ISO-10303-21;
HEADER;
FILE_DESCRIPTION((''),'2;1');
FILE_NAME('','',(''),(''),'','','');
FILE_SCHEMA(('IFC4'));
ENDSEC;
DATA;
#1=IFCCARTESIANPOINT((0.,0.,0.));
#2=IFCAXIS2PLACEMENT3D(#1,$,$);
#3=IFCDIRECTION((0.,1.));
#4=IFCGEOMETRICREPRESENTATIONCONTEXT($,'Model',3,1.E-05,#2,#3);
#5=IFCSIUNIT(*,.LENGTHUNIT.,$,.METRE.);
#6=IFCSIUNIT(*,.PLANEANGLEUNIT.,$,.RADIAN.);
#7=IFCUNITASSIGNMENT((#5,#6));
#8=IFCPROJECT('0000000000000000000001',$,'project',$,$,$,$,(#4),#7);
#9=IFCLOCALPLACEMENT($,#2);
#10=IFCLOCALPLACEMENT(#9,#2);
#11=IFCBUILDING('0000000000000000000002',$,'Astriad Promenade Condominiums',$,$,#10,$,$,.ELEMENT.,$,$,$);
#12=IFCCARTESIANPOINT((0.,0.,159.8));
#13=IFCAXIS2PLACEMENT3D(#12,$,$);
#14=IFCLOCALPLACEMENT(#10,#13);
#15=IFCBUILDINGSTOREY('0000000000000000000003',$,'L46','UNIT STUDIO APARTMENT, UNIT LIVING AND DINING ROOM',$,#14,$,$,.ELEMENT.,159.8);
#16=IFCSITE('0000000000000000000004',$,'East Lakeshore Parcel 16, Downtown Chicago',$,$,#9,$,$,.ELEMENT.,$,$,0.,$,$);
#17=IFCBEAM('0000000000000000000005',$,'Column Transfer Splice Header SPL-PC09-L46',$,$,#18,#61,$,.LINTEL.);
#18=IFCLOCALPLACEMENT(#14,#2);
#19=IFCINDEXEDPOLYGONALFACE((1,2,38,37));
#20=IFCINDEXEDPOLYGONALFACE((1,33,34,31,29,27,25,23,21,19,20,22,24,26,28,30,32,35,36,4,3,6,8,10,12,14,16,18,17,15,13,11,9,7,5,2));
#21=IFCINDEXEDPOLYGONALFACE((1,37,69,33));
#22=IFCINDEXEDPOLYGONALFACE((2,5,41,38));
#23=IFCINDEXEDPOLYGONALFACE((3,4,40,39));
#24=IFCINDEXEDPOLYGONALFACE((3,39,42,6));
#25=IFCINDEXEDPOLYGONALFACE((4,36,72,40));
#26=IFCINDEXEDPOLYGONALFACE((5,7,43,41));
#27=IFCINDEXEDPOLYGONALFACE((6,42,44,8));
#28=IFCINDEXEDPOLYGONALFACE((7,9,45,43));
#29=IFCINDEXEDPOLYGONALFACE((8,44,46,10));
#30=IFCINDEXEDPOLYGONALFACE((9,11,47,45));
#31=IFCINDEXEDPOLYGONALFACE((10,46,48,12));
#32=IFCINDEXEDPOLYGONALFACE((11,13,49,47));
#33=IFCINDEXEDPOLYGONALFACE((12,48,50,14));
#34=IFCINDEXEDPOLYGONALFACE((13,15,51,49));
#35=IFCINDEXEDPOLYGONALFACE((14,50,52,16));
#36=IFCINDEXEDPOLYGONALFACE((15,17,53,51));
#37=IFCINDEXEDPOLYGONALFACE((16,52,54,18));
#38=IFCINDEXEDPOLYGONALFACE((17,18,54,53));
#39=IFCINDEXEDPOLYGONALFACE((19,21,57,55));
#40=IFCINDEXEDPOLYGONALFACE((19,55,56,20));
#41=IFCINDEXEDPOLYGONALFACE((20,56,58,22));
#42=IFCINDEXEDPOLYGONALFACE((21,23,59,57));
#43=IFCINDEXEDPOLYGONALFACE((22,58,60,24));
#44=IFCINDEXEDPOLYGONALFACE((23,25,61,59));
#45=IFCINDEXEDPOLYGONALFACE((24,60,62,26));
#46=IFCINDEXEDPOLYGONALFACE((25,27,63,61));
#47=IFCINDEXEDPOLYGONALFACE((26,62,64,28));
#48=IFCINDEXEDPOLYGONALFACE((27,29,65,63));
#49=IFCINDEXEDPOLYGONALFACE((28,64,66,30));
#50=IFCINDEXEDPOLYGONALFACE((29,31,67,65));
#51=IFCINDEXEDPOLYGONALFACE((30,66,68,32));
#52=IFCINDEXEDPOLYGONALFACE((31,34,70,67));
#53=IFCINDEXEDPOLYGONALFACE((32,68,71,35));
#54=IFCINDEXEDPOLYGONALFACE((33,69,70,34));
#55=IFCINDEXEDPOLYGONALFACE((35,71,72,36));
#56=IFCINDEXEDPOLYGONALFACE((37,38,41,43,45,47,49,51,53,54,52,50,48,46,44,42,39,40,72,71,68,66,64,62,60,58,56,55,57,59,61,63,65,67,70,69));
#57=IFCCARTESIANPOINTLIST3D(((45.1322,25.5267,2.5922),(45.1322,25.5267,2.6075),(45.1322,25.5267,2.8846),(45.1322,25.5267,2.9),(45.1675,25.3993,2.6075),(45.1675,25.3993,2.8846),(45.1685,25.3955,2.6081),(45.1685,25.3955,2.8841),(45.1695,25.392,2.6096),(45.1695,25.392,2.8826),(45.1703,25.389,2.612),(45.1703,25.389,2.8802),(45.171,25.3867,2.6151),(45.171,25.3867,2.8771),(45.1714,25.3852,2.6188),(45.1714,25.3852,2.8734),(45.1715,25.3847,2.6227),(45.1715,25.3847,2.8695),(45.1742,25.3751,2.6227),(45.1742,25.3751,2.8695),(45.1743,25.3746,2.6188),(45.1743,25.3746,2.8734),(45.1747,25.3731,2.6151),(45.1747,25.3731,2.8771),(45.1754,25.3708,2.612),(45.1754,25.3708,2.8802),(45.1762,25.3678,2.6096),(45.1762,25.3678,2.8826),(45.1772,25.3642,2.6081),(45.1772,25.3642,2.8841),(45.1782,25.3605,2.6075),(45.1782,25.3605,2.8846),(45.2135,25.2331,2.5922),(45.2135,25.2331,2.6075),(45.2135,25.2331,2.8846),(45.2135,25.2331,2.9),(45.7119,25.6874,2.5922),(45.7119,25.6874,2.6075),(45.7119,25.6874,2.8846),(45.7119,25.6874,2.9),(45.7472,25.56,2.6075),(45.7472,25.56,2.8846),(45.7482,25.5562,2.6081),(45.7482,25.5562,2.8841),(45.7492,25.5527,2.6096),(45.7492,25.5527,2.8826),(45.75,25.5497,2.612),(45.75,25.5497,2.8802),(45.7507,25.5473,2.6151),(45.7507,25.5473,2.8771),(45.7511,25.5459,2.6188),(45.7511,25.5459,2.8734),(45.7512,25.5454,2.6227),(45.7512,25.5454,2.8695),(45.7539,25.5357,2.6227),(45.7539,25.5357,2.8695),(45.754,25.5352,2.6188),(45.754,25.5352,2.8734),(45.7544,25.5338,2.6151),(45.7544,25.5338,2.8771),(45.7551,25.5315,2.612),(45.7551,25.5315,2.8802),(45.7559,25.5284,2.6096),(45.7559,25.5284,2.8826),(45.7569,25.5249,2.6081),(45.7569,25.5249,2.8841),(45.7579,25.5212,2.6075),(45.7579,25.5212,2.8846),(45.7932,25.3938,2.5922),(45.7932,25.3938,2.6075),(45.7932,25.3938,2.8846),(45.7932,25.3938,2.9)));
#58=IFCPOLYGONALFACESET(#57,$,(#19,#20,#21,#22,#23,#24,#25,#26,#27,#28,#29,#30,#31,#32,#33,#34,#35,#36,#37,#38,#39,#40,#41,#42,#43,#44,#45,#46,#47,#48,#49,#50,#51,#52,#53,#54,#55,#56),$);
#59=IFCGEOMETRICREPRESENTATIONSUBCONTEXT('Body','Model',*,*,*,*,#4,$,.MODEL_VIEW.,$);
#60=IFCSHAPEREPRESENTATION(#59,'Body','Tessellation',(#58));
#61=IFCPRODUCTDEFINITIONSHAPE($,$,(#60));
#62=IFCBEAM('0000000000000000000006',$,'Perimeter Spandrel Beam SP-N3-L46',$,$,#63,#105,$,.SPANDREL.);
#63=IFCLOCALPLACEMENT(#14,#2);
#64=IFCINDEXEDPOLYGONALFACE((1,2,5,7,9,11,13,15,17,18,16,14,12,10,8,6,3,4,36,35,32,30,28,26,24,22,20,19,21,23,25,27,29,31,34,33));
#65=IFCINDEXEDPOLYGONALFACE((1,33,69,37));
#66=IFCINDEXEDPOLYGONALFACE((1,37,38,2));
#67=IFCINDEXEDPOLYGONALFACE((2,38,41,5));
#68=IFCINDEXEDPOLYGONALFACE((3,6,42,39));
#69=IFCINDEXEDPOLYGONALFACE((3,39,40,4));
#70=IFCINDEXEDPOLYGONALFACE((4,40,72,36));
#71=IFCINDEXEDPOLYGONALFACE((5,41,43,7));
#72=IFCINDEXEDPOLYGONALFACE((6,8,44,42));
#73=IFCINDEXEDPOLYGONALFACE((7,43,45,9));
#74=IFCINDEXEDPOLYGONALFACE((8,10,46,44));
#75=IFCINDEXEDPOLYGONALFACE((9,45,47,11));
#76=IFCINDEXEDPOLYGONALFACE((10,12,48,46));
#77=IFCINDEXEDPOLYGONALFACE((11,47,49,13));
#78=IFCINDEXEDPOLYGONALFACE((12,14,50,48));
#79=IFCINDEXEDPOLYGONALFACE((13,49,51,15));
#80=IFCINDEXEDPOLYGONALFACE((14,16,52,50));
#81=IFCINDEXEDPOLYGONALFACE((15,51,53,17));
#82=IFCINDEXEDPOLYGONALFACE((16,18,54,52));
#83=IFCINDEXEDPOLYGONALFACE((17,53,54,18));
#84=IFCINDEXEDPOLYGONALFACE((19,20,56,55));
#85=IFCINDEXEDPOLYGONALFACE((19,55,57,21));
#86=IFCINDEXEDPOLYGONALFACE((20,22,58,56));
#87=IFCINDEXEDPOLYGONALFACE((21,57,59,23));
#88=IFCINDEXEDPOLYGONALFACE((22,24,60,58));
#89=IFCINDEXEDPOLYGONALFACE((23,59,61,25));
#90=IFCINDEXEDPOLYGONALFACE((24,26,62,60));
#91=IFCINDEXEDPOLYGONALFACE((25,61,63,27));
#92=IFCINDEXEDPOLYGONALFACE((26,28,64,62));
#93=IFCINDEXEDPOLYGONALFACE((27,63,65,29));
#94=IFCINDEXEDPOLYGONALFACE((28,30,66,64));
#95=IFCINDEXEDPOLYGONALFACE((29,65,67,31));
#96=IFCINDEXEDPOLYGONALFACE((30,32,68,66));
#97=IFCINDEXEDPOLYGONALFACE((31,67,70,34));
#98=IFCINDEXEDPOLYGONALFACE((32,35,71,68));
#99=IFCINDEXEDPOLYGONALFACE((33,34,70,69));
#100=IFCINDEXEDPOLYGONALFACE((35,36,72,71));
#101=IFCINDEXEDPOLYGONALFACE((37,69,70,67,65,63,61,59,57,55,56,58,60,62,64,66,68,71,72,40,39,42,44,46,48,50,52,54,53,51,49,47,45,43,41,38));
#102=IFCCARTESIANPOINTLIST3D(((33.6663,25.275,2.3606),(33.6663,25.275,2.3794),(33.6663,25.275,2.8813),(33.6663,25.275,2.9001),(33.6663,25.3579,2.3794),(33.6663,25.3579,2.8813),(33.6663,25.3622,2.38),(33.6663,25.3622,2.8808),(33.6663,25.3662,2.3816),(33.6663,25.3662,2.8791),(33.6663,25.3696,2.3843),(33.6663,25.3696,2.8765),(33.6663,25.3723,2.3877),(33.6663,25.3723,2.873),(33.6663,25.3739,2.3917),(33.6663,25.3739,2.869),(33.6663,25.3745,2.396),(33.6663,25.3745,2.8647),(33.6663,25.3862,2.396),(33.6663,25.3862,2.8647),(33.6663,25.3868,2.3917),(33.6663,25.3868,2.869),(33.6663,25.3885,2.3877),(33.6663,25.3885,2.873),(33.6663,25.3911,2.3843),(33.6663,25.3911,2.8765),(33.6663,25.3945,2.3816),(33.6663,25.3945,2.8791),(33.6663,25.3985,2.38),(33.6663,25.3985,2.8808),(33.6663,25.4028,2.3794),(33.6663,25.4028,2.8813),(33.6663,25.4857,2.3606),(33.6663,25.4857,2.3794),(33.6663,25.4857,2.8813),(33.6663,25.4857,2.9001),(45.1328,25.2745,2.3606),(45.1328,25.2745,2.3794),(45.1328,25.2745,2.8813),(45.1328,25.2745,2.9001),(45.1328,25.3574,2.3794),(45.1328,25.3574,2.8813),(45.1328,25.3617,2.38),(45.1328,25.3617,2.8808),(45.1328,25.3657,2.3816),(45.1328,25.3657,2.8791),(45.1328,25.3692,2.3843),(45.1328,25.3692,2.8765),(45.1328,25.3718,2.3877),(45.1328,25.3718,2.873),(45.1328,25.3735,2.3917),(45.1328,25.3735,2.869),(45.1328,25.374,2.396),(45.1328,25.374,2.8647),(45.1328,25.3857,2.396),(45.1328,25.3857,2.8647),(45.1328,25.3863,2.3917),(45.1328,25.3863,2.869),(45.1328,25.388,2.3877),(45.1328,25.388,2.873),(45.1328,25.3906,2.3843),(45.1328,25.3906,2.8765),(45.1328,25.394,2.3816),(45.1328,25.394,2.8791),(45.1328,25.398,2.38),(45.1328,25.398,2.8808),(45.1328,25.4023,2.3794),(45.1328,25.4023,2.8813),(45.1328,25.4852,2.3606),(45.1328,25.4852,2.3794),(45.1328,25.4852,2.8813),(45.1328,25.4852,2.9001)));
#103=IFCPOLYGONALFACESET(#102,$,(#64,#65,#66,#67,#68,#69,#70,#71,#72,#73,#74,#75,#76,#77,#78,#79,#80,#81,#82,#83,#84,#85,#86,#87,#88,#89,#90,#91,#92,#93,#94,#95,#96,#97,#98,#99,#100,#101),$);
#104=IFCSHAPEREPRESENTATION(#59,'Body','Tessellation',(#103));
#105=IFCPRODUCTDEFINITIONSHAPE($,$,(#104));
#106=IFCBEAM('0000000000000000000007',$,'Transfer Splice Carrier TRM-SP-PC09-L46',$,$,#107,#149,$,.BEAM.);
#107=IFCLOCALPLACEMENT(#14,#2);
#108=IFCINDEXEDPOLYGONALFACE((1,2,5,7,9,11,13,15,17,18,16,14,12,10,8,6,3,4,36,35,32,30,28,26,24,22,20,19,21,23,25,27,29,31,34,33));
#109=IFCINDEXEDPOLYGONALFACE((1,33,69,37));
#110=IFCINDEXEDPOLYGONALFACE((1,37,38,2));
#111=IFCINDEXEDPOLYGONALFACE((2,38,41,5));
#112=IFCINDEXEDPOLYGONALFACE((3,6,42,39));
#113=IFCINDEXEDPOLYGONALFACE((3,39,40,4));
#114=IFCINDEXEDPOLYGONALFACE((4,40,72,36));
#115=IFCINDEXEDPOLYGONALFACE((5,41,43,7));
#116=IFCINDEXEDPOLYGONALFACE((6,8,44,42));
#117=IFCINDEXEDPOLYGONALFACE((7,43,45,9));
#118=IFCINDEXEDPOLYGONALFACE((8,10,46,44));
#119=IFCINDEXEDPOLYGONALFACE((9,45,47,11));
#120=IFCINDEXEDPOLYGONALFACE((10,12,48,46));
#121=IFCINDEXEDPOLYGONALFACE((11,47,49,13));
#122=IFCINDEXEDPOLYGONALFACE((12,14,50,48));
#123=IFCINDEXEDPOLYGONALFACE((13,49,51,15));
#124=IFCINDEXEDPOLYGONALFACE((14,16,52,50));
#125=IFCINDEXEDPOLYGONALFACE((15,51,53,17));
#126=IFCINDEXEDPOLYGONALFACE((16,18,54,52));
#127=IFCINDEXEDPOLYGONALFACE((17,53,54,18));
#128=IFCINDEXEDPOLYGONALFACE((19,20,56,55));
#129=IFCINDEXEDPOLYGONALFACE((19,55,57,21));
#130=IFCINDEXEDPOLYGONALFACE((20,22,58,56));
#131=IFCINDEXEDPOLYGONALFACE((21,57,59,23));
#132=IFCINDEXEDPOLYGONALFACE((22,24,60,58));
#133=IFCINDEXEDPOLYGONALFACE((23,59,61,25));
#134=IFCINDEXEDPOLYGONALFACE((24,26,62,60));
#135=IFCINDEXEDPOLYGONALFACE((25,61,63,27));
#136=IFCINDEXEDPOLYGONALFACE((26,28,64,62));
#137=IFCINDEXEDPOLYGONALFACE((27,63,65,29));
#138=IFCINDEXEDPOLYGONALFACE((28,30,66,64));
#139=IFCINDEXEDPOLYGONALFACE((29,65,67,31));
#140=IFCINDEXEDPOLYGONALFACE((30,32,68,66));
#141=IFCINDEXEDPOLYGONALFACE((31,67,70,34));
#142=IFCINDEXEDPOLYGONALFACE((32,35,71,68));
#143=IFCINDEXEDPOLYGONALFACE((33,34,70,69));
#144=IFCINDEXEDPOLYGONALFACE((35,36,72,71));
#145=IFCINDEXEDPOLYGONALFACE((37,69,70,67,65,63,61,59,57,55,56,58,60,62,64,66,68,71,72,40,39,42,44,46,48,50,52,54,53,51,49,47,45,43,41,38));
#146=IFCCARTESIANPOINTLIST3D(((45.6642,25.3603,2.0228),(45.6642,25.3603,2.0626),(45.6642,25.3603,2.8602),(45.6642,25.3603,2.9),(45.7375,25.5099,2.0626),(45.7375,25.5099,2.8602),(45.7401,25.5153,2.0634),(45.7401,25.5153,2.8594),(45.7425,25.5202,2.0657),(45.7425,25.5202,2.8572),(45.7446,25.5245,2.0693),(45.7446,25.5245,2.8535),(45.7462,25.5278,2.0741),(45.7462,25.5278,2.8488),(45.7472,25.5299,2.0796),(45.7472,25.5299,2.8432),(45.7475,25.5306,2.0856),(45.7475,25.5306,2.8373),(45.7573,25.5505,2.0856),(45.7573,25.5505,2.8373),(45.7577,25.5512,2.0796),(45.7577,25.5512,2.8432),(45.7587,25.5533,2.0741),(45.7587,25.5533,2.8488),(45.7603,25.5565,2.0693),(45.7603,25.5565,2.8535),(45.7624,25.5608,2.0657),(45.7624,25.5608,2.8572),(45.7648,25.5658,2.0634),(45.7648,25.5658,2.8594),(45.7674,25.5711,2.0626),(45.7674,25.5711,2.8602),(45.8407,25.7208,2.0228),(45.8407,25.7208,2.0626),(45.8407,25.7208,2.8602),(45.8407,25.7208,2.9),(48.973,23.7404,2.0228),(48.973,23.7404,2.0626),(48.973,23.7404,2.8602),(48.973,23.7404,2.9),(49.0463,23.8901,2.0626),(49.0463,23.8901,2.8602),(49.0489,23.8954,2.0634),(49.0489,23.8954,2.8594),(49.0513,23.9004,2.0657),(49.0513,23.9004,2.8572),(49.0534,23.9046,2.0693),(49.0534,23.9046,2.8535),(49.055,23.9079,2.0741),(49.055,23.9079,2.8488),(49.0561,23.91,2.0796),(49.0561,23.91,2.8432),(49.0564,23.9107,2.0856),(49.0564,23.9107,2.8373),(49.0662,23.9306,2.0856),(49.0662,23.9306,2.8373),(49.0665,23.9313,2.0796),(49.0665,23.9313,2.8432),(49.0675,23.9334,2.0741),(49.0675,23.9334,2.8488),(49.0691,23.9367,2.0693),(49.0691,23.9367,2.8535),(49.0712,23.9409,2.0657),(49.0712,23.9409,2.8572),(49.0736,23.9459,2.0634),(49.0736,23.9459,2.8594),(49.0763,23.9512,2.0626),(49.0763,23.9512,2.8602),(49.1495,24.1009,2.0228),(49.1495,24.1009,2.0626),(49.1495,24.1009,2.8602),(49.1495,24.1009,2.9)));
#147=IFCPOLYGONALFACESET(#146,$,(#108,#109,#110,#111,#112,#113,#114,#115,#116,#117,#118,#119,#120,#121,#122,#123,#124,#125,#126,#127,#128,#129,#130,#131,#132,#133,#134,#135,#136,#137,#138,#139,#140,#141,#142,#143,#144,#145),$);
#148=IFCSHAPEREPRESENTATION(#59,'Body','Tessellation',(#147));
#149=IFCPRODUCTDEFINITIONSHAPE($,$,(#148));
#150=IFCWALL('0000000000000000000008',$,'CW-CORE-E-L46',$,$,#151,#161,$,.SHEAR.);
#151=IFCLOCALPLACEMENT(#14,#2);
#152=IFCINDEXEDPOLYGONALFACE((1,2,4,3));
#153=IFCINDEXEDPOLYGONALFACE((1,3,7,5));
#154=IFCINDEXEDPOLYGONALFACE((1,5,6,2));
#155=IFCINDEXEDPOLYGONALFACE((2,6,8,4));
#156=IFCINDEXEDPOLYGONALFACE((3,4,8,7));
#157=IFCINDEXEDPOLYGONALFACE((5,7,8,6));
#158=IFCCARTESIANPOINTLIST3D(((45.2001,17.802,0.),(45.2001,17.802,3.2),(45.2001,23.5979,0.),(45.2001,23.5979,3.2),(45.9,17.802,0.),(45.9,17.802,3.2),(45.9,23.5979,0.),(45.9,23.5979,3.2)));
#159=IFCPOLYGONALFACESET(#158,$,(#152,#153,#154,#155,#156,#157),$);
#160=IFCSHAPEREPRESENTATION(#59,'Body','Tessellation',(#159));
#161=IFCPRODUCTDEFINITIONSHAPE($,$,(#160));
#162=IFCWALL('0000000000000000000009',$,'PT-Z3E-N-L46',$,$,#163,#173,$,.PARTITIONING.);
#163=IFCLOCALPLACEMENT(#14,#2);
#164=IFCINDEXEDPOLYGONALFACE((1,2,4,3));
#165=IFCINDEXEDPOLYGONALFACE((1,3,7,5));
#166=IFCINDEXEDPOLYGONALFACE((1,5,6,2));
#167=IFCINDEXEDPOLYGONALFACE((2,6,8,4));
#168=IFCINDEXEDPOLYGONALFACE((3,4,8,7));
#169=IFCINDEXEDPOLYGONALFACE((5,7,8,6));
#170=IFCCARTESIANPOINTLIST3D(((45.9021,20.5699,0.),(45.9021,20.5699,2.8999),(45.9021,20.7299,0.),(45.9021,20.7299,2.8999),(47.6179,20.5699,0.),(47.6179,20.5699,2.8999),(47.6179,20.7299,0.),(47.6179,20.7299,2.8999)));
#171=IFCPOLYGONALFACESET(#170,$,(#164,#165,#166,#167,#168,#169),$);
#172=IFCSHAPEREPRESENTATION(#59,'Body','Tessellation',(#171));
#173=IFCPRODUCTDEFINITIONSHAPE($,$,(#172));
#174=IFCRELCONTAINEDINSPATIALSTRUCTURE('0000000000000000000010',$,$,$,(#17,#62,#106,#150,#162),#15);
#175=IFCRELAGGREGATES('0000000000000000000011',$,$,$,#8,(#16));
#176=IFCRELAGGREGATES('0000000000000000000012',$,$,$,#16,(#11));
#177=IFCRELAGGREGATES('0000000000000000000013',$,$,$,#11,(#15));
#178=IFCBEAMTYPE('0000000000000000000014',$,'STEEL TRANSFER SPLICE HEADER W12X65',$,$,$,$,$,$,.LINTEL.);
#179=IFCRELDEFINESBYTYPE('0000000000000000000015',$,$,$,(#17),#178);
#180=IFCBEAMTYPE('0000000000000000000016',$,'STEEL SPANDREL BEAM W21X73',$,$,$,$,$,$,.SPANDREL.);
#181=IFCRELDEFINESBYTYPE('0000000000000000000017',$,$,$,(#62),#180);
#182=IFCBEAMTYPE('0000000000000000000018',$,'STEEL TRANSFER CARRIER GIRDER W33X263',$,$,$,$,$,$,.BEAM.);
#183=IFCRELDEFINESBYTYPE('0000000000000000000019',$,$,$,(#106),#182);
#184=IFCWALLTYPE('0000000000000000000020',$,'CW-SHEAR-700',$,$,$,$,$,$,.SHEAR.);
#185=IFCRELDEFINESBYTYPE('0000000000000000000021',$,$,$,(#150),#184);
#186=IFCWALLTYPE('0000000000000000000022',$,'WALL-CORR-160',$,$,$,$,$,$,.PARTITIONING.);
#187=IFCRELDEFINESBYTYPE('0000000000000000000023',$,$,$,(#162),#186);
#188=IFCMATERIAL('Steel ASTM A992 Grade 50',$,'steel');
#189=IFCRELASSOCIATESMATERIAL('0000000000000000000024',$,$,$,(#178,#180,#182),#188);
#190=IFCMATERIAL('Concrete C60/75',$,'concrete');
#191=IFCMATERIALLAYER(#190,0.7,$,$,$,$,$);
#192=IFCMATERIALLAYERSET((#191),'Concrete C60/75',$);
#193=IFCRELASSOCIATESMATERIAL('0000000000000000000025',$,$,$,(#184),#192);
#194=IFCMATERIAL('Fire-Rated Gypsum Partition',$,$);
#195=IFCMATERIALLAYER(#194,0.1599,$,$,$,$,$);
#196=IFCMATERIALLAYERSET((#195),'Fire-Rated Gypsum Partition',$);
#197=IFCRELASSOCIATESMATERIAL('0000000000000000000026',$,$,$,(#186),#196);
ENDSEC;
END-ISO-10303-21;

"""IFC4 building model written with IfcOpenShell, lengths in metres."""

from ifc_helpers import new_model, si_unit, direction, frame, frame_2d, origin, origin_2d, place, context, subcontext, project, spatial, rectangle, i_section, extrude, source, transform, mapped, material, layer, layer_set, material_profile, profile_set, type_object, type_shapes, element, save


model = new_model("IFC4")

# Units and contexts
model_context = context("Model", 3, precision=1e-05, world=origin(), true_north=direction((0.0, 1.0)))
body_context = subcontext(model_context, "Body", "Model", "MODEL_VIEW")
ifc_project = project(units=[si_unit("LENGTHUNIT", "METRE"), si_unit("PLANEANGLEUNIT", "RADIAN")], contexts=[model_context])

# Site, building, storey
site_placement = place(None, origin())
site = spatial("IfcSite", under=ifc_project, at=site_placement, Name="East Lakeshore Parcel 16, Downtown Chicago", CompositionType="ELEMENT", RefElevation=0.0)
building_placement = place(site_placement, origin())
building = spatial("IfcBuilding", under=site, at=building_placement, Name="Astriad Promenade Condominiums", CompositionType="ELEMENT")
storey_placement = place(building_placement, frame((0.0, 0.0, 159.8)))
storey = spatial("IfcBuildingStorey", under=building, at=storey_placement, Name="L46", Description="UNIT STUDIO APARTMENT, UNIT LIVING AND DINING ROOM", CompositionType="ELEMENT", Elevation=159.8)

# Shared definitions
ifc_material_1 = material(Name="Steel ASTM A992 Grade 50", Category="steel")
ifc_material_2 = material(Name="Concrete C60/75", Category="concrete")

# Beams
ifc_material_profile_1 = material_profile(ifc_material_1, i_section(OverallWidth=0.3047, OverallDepth=0.3079, WebThickness=0.01, FlangeThickness=0.0154, FilletRadius=0.0151, at=origin_2d()), Name="W12X65")
ifc_profile_set_1 = profile_set([ifc_material_profile_1], Name="Steel ASTM A992 Grade 50")
beam_type_1 = type_object("IfcBeamType", Name="STEEL TRANSFER SPLICE HEADER W12X65", PredefinedType="LINTEL", material=ifc_profile_set_1)
shared_shape_1 = source(origin(), body_context, "Body", "SweptSolid", [
    extrude(i_section(OverallWidth=0.3047, OverallDepth=0.3079, WebThickness=0.01, FlangeThickness=0.0154, FilletRadius=0.0151, at=origin_2d()), origin(), (0.0, 0.0, 1.0), 0.6016),
])
type_shapes(beam_type_1, [shared_shape_1])
beam_1_placement = place(storey_placement, frame((45.1729, 25.3799, 2.7461), z_axis=(0.963669, 0.267099, 0.0), x_axis=(-0.267099, 0.963669, 0.0)))
element("IfcBeam", 1, at=beam_1_placement, inside=storey, type_object=beam_type_1, Name="Column Transfer Splice Header SPL-PC09-L46", PredefinedType="LINTEL", context=body_context, shape_type="MappedRepresentation", body=[
    mapped(shared_shape_1, transform((0.0, 0.0, 0.0), scale=1.0)),
])
ifc_material_profile_2 = material_profile(ifc_material_1, i_section(OverallWidth=0.2107, OverallDepth=0.5396, WebThickness=0.0117, FlangeThickness=0.0188, FilletRadius=0.0166, at=origin_2d()), Name="W21X73")
ifc_profile_set_2 = profile_set([ifc_material_profile_2], Name="Steel ASTM A992 Grade 50")
beam_type_2 = type_object("IfcBeamType", Name="STEEL SPANDREL BEAM W21X73", PredefinedType="SPANDREL", material=ifc_profile_set_2)
shared_shape_2 = source(origin(), body_context, "Body", "SweptSolid", [
    extrude(i_section(OverallWidth=0.2107, OverallDepth=0.5396, WebThickness=0.0117, FlangeThickness=0.0188, FilletRadius=0.0166, at=origin_2d()), origin(), (0.0, 0.0, 1.0), 11.4666),
])
type_shapes(beam_type_2, [shared_shape_2])
beam_2_placement = place(storey_placement, frame((45.1328, 25.3799, 2.6304), z_axis=(-1.0, 0.000043, 0.0), x_axis=(-0.000043, -1.0, 0.0)))
element("IfcBeam", 2, at=beam_2_placement, inside=storey, type_object=beam_type_2, Name="Perimeter Spandrel Beam SP-N3-L46", PredefinedType="SPANDREL", context=body_context, shape_type="MappedRepresentation", body=[
    mapped(shared_shape_2, transform((0.0, 0.0, 0.0), scale=1.0)),
])
ifc_material_profile_3 = material_profile(ifc_material_1, i_section(OverallWidth=0.4014, OverallDepth=0.8772, WebThickness=0.0222, FlangeThickness=0.0398, FilletRadius=0.0229, at=origin_2d()), Name="W33X263")
ifc_profile_set_3 = profile_set([ifc_material_profile_3], Name="Steel ASTM A992 Grade 50")
beam_type_3 = type_object("IfcBeamType", Name="STEEL TRANSFER CARRIER GIRDER W33X263", PredefinedType="BEAM", material=ifc_profile_set_3)
shared_shape_3 = source(origin(), body_context, "Body", "SweptSolid", [
    extrude(i_section(OverallWidth=0.4014, OverallDepth=0.8772, WebThickness=0.0222, FlangeThickness=0.0398, FilletRadius=0.0229, at=origin_2d()), origin(), (0.0, 0.0, 1.0), 3.6841),
])
type_shapes(beam_type_3, [shared_shape_3])
beam_3_placement = place(storey_placement, frame((49.0613, 23.9207, 2.4614), z_axis=(-0.898147, 0.439696, 0.0), x_axis=(-0.439696, -0.898147, 0.0)))
element("IfcBeam", 3, at=beam_3_placement, inside=storey, type_object=beam_type_3, Name="Transfer Splice Carrier TRM-SP-PC09-L46", PredefinedType="BEAM", context=body_context, shape_type="MappedRepresentation", body=[
    mapped(shared_shape_3, transform((0.0, 0.0, 0.0), scale=1.0)),
])

# Walls
ifc_layer_1 = layer(ifc_material_2, 0.7)
ifc_layer_set_1 = layer_set([ifc_layer_1], Name="Concrete C60/75")
wall_type_1 = type_object("IfcWallType", Name="CW-SHEAR-700", PredefinedType="SHEAR", material=ifc_layer_set_1)
wall_1_placement = place(storey_placement, frame((45.55, 17.802, 0.0), z_axis=(0.0, 0.0, 1.0), x_axis=(0.0, 1.0, 0.0)))
element("IfcWall", 4, at=wall_1_placement, inside=storey, type_object=wall_type_1, Name="CW-CORE-E-L46", PredefinedType="SHEAR", context=body_context, shape_type="SweptSolid", body=[
    extrude(rectangle(XDim=5.7959, YDim=0.7, at=frame_2d((2.8979, 0.0))), origin(), (0.0, 0.0, 1.0), 3.2),
])
ifc_material_3 = material(Name="Fire-Rated Gypsum Partition")
ifc_layer_2 = layer(ifc_material_3, 0.1599)
ifc_layer_set_2 = layer_set([ifc_layer_2], Name="Fire-Rated Gypsum Partition")
wall_type_2 = type_object("IfcWallType", Name="WALL-CORR-160", PredefinedType="PARTITIONING", material=ifc_layer_set_2)
wall_2_placement = place(storey_placement, frame((45.9021, 20.6499, 0.0), z_axis=(0.0, 0.0, 1.0), x_axis=(1.0, 0.0, 0.0)))
element("IfcWall", 5, at=wall_2_placement, inside=storey, type_object=wall_type_2, Name="PT-Z3E-N-L46", PredefinedType="PARTITIONING", context=body_context, shape_type="SweptSolid", body=[
    extrude(rectangle(XDim=1.7158, YDim=0.1599, at=frame_2d((0.8579, 0.0))), origin(), (0.0, 0.0, 1.0), 2.8999),
])

save(model, "model.ifc")
